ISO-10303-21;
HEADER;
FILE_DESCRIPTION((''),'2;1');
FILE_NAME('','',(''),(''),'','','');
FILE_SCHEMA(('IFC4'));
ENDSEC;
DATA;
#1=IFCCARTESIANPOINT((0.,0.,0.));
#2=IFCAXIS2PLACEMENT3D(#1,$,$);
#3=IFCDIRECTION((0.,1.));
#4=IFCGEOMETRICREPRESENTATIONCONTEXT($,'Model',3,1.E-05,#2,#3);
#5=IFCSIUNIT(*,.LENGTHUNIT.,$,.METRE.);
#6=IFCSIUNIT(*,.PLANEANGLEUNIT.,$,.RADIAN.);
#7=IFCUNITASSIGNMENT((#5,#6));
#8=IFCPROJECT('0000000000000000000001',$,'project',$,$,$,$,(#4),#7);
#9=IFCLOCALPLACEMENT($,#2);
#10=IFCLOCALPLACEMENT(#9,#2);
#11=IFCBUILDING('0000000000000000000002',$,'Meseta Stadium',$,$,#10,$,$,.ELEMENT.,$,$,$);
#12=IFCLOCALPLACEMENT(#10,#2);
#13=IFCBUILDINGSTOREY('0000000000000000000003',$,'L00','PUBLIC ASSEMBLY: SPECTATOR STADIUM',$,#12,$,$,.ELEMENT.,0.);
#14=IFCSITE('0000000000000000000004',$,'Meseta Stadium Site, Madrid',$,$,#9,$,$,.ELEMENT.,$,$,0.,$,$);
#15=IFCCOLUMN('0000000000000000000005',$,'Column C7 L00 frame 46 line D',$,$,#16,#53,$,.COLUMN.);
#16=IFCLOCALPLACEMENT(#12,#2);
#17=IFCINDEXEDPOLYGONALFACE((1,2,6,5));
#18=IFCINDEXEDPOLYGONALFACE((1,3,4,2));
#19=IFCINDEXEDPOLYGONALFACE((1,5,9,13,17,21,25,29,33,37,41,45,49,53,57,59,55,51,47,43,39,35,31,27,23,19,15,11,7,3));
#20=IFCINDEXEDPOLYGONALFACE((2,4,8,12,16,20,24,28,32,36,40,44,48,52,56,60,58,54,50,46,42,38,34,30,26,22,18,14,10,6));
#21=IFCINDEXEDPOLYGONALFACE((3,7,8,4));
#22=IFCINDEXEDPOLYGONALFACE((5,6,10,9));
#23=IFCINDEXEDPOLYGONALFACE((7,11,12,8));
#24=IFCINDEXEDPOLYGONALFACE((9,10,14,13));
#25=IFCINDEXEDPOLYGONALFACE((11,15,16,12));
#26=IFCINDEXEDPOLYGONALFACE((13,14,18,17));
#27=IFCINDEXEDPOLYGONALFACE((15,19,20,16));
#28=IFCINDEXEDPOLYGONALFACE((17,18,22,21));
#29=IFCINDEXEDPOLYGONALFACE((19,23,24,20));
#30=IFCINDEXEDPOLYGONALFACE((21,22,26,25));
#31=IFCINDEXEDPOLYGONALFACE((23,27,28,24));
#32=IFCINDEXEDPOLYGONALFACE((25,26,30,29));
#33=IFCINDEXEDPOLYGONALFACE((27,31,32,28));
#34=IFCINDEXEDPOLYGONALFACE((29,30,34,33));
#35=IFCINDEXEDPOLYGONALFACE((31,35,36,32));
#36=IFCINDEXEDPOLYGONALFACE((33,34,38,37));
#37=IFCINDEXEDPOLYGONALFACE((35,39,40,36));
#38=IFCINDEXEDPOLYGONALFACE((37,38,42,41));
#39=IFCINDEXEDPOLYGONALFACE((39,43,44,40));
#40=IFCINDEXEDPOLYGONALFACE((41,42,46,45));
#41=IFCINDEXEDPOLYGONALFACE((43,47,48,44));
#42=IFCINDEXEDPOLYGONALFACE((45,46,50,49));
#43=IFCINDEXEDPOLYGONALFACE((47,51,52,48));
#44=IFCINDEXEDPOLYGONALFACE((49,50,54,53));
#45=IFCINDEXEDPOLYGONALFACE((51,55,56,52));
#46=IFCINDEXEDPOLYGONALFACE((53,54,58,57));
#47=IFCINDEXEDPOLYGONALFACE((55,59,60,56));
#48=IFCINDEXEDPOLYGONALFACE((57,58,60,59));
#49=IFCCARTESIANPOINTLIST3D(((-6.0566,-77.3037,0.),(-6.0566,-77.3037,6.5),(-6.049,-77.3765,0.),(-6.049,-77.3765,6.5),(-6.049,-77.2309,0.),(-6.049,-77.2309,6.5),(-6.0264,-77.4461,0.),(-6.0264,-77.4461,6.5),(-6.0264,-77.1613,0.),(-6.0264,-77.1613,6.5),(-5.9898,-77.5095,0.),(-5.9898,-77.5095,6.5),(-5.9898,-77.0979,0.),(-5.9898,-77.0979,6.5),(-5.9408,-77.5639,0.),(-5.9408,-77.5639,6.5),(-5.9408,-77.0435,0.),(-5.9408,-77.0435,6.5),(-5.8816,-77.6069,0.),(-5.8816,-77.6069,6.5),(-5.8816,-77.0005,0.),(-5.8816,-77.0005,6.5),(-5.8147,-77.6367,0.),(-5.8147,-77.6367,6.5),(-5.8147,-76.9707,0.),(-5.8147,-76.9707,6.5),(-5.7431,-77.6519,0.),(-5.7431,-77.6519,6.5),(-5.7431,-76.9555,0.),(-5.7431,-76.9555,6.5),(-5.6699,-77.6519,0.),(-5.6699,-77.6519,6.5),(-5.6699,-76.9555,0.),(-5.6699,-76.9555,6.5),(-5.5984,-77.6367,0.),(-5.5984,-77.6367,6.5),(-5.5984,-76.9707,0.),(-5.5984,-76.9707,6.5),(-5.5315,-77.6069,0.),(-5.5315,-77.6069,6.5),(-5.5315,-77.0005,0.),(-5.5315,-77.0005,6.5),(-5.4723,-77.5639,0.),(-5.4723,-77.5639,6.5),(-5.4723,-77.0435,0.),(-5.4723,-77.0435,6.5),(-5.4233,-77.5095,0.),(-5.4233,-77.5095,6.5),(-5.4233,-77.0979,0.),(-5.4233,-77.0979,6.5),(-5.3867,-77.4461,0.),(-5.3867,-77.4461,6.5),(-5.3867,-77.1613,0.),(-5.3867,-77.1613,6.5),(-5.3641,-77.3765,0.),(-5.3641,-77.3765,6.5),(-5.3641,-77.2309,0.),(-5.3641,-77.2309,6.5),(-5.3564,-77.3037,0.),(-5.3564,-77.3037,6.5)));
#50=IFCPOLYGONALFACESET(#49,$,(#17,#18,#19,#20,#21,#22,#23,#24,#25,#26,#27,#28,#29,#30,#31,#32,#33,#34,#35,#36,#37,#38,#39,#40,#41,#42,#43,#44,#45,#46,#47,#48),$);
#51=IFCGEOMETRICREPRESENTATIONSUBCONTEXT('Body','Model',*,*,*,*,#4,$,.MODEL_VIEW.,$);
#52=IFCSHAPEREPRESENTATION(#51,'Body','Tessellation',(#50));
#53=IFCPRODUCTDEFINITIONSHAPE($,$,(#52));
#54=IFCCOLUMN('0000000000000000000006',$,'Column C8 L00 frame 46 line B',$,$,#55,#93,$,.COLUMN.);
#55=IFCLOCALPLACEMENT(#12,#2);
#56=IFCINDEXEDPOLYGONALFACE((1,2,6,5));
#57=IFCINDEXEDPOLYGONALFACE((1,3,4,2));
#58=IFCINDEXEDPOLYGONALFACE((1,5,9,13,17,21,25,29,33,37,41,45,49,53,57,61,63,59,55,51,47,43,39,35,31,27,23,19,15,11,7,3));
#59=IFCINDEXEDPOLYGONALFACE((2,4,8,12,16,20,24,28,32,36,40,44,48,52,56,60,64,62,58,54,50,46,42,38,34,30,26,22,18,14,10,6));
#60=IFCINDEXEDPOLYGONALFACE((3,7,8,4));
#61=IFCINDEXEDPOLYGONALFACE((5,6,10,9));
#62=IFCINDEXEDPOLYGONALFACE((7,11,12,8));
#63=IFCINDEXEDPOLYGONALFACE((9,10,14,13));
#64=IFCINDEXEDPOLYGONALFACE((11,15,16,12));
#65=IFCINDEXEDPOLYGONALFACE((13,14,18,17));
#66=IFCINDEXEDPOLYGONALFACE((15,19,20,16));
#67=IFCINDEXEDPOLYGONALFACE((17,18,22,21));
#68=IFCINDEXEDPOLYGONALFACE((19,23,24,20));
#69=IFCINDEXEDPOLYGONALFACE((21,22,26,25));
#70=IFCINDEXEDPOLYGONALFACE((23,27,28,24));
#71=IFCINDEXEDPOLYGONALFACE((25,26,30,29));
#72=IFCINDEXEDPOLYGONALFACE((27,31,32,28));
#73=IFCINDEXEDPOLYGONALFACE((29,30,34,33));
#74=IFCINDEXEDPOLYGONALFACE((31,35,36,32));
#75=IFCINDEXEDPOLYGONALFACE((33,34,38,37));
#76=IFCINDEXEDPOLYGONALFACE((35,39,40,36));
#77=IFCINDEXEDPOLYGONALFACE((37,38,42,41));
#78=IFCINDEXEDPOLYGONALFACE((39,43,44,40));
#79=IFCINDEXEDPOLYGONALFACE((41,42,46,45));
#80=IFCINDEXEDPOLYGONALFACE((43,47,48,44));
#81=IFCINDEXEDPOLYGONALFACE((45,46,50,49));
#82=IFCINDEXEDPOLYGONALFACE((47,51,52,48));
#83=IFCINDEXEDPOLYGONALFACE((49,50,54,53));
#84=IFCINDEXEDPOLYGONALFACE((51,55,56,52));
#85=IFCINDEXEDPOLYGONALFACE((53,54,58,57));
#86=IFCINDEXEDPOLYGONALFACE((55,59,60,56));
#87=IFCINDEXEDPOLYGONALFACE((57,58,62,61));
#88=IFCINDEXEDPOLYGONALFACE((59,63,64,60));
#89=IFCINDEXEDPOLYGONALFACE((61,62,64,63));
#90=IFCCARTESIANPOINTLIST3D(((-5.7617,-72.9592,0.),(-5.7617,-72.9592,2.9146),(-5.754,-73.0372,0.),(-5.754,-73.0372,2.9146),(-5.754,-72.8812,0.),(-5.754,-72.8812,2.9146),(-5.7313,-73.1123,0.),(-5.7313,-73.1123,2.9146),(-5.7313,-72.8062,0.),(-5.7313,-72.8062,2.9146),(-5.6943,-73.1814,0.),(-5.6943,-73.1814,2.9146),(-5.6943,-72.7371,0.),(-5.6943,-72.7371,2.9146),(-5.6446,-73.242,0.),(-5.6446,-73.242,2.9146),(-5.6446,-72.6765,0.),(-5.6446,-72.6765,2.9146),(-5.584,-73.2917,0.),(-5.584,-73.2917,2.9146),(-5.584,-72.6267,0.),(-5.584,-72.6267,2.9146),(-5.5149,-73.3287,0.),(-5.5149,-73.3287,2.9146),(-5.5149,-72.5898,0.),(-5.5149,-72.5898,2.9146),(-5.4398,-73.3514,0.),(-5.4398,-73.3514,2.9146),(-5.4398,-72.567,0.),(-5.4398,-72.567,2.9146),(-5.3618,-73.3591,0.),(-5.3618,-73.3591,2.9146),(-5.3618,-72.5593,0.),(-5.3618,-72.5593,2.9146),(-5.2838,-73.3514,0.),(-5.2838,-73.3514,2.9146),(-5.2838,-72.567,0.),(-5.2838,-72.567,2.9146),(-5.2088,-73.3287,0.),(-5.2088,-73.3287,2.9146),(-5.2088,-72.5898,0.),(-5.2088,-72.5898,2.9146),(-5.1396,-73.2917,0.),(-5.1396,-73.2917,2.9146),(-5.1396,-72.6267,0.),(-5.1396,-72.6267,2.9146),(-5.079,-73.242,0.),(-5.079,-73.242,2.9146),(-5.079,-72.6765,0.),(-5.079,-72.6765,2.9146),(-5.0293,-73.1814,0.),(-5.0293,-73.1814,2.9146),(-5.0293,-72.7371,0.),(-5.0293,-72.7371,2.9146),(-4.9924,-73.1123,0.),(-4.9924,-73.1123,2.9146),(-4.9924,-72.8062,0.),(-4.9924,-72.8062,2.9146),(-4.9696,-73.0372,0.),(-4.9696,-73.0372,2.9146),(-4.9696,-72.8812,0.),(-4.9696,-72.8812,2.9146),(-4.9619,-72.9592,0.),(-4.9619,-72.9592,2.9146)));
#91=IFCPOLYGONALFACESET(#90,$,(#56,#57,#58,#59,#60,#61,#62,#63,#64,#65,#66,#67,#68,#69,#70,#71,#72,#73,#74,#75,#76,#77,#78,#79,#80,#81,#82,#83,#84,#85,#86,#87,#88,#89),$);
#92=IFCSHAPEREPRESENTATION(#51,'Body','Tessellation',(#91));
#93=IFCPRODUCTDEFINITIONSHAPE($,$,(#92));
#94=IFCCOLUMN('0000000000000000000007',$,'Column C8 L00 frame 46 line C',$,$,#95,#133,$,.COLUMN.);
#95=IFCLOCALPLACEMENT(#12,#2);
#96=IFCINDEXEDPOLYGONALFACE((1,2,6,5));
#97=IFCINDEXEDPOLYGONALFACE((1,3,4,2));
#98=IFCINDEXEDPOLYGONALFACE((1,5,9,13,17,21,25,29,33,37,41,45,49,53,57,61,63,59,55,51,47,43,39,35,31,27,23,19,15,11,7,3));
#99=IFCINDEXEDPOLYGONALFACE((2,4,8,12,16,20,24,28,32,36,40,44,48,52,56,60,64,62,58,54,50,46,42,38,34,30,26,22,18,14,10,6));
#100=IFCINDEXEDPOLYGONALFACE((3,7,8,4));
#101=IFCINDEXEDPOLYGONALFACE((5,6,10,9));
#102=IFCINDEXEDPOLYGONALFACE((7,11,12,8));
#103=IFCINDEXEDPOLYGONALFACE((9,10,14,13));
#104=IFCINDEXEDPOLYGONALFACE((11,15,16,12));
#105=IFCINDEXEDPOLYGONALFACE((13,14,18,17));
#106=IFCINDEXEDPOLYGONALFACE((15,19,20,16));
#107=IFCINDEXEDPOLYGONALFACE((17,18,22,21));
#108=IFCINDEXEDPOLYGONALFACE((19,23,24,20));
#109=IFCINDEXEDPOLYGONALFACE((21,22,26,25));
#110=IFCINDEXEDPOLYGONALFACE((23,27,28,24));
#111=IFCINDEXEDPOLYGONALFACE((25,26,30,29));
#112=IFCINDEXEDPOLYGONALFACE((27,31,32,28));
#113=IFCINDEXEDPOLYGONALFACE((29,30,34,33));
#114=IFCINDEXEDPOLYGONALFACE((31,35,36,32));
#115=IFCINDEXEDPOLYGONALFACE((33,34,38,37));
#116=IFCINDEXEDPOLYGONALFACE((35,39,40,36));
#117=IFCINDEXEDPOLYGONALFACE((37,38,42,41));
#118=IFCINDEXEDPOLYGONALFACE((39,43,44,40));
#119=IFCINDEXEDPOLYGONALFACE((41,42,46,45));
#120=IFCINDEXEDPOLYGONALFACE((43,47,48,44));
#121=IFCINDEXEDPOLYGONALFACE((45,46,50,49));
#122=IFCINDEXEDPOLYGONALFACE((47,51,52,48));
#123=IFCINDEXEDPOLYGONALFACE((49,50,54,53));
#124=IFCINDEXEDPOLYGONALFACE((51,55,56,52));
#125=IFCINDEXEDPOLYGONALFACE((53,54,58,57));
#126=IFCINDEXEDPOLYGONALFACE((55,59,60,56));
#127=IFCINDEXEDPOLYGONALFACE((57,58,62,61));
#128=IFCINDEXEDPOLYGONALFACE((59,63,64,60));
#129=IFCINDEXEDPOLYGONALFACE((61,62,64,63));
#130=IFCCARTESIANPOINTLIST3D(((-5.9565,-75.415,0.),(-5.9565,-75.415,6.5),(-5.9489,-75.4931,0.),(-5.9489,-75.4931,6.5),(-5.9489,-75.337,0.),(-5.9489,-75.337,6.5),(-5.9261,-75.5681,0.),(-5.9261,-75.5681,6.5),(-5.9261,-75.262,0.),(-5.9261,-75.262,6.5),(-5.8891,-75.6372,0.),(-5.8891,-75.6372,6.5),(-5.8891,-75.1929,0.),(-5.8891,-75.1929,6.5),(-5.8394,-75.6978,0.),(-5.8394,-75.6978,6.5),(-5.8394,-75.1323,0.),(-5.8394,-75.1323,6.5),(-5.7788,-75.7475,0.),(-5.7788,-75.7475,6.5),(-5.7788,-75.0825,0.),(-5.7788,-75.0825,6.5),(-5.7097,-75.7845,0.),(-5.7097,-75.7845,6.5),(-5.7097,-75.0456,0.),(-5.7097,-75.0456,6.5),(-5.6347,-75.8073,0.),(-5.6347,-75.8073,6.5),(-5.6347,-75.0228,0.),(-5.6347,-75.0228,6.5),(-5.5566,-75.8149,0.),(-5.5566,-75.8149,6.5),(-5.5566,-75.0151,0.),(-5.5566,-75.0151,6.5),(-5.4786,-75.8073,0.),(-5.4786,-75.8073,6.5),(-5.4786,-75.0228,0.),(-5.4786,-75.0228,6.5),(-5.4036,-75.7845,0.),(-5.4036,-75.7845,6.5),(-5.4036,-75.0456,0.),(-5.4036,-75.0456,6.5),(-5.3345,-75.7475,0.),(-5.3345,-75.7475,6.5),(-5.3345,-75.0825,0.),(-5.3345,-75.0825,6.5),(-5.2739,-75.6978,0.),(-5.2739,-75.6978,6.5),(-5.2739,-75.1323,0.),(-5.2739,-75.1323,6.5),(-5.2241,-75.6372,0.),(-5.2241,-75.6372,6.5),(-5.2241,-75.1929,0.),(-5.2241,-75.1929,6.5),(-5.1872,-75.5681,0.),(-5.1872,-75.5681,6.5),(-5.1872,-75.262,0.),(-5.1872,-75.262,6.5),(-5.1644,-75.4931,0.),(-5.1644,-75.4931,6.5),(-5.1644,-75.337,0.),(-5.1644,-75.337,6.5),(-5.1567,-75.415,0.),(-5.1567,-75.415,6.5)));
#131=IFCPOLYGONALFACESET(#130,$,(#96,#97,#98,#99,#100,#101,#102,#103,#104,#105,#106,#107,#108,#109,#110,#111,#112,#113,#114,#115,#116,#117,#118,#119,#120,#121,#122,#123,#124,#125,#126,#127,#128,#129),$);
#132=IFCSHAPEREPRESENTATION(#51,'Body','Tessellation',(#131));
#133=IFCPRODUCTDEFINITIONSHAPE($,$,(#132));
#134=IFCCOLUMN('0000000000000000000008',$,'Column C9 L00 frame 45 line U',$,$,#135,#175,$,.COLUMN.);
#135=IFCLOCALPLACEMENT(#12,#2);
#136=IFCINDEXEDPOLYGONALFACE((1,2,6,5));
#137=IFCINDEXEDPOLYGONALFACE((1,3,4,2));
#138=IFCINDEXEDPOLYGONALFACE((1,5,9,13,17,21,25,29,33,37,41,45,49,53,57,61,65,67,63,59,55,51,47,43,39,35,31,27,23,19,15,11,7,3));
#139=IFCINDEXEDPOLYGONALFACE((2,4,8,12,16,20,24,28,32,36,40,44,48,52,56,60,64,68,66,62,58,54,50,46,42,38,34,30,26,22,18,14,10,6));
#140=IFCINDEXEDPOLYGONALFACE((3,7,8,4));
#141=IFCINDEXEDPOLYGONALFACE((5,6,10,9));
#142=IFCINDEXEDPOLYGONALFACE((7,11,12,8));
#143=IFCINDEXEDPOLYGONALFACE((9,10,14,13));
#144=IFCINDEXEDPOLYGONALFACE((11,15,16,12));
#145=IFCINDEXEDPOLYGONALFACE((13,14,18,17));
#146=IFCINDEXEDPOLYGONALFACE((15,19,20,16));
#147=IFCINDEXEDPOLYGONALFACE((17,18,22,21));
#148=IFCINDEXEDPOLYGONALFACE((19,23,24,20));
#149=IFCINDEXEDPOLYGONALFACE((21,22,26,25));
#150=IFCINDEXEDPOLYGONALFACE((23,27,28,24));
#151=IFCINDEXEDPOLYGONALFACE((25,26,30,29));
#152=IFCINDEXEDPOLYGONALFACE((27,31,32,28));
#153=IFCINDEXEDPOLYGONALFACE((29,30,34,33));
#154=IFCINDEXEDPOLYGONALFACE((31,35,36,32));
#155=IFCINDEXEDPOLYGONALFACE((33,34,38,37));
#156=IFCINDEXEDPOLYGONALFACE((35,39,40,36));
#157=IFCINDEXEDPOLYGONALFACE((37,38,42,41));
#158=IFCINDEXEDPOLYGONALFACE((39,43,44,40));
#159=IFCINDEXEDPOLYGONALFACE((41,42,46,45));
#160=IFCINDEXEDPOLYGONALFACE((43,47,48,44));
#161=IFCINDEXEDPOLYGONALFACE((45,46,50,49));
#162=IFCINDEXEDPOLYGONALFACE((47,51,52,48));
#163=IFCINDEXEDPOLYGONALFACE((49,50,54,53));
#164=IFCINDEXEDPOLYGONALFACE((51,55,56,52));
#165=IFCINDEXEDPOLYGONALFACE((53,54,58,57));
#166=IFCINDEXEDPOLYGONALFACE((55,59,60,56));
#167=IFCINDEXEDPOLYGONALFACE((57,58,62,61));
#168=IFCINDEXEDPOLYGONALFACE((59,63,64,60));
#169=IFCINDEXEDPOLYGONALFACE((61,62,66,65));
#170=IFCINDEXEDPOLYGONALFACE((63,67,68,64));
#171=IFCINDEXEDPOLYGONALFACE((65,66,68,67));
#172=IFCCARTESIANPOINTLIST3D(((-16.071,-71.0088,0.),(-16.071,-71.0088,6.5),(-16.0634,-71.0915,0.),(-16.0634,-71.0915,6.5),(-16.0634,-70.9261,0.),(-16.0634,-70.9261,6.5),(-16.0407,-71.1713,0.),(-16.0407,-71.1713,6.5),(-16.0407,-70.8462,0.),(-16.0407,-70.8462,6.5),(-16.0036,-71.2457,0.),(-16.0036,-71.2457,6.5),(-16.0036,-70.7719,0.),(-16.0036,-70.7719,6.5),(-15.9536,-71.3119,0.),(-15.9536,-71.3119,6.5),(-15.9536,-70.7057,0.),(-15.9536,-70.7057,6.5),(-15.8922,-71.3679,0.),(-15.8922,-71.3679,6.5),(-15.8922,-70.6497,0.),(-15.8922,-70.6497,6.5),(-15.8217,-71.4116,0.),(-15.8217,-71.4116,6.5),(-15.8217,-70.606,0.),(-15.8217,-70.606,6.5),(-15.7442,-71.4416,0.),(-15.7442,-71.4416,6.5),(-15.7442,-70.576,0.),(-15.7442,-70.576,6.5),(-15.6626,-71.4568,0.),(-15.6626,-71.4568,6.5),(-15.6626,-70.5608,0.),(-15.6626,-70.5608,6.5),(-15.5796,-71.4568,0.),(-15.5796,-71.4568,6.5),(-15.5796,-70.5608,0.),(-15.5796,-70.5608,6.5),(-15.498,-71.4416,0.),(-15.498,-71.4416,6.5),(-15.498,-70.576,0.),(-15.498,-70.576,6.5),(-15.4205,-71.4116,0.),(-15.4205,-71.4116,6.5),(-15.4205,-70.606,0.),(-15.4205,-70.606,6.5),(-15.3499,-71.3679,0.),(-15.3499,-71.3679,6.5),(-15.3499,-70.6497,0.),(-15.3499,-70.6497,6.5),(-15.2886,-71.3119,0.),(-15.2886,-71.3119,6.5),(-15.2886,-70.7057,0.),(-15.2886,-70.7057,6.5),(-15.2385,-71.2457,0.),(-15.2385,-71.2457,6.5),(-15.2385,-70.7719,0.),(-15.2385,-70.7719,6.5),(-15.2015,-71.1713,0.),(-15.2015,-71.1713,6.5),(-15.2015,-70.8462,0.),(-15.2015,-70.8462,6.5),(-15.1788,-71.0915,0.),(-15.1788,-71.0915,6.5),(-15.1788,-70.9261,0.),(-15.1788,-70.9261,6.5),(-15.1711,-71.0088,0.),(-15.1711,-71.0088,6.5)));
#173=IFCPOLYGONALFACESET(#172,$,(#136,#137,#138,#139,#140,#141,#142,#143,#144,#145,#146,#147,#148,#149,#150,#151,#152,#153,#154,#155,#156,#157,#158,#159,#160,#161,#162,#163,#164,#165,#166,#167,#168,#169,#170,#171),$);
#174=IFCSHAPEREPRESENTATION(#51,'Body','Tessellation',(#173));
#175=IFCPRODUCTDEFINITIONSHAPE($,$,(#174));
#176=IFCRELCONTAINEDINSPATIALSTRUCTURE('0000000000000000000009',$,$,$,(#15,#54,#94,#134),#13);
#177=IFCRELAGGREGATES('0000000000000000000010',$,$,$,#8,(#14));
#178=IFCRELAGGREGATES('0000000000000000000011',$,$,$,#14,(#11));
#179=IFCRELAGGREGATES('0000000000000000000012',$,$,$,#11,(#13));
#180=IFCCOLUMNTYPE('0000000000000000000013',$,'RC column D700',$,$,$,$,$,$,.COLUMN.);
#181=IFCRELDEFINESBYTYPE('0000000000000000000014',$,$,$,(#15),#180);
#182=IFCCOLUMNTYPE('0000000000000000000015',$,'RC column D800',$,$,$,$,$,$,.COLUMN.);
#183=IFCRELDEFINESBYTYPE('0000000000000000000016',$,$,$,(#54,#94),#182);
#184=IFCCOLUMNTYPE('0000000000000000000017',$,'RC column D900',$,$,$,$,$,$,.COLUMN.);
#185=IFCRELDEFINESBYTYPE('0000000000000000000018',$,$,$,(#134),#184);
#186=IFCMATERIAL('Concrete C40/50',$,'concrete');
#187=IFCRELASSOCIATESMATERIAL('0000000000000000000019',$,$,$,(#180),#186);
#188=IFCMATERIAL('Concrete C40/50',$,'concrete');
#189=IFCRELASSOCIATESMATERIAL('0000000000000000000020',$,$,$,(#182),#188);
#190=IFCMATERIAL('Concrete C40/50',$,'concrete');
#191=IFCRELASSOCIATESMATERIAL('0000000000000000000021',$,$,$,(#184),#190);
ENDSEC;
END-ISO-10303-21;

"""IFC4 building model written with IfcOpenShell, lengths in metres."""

from ifc_helpers import new_model, si_unit, direction, frame, origin, origin_2d, place, context, subcontext, project, spatial, circle, extrude, material, material_profile, profile_set, type_object, element, save


model = new_model("IFC4")

# Units and contexts
model_context = context("Model", 3, precision=1e-05, world=origin(), true_north=direction((0.0, 1.0)))
body_context = subcontext(model_context, "Body", "Model", "MODEL_VIEW")
ifc_project = project(units=[si_unit("LENGTHUNIT", "METRE"), si_unit("PLANEANGLEUNIT", "RADIAN")], contexts=[model_context])

# Site, building, storey
site_placement = place(None, origin())
site = spatial("IfcSite", under=ifc_project, at=site_placement, Name="Meseta Stadium Site, Madrid", CompositionType="ELEMENT", RefElevation=0.0)
building_placement = place(site_placement, origin())
building = spatial("IfcBuilding", under=site, at=building_placement, Name="Meseta Stadium", CompositionType="ELEMENT")
storey_placement = place(building_placement, origin())
storey = spatial("IfcBuildingStorey", under=building, at=storey_placement, Name="L00", Description="PUBLIC ASSEMBLY: SPECTATOR STADIUM", CompositionType="ELEMENT", Elevation=0.0)

# Columns
ifc_material_1 = material(Name="Concrete C40/50", Category="concrete")
ifc_material_profile_1 = material_profile(ifc_material_1, circle(Radius=0.3501, at=origin_2d()), Name="RC D700")
ifc_profile_set_1 = profile_set([ifc_material_profile_1], Name="Concrete C40/50")
column_type_1 = type_object("IfcColumnType", Name="RC column D700", PredefinedType="COLUMN", material=ifc_profile_set_1)
column_1_placement = place(storey_placement, frame((-5.7065, -77.3037, 0.0), z_axis=(0.0, 0.0, 1.0), x_axis=(1.0, 0.0, 0.0)))
element("IfcColumn", 1, at=column_1_placement, inside=storey, type_object=column_type_1, Name="Column C7 L00 frame 46 line D", PredefinedType="COLUMN", context=body_context, shape_type="SweptSolid", body=[
    extrude(circle(Radius=0.3501, at=origin_2d()), origin(), (0.0, 0.0, 1.0), 6.5),
])
ifc_material_2 = material(Name="Concrete C40/50", Category="concrete")
ifc_material_profile_2 = material_profile(ifc_material_2, circle(Radius=0.3999, at=origin_2d()), Name="RC D800")
ifc_profile_set_2 = profile_set([ifc_material_profile_2], Name="Concrete C40/50")
column_type_2 = type_object("IfcColumnType", Name="RC column D800", PredefinedType="COLUMN", material=ifc_profile_set_2)
column_2_placement = place(storey_placement, frame((-5.3618, -72.9592, 0.0), z_axis=(0.0, 0.0, 1.0), x_axis=(1.0, 0.0, 0.0)))
element("IfcColumn", 2, at=column_2_placement, inside=storey, type_object=column_type_2, Name="Column C8 L00 frame 46 line B", PredefinedType="COLUMN", context=body_context, shape_type="SweptSolid", body=[
    extrude(circle(Radius=0.3999, at=origin_2d()), origin(), (0.0, 0.0, 1.0), 2.9146),
])
column_3_placement = place(storey_placement, frame((-5.5566, -75.415, 0.0), z_axis=(0.0, 0.0, 1.0), x_axis=(1.0, 0.0, 0.0)))
element("IfcColumn", 3, at=column_3_placement, inside=storey, type_object=column_type_2, Name="Column C8 L00 frame 46 line C", PredefinedType="COLUMN", context=body_context, shape_type="SweptSolid", body=[
    extrude(circle(Radius=0.3999, at=origin_2d()), origin(), (0.0, 0.0, 1.0), 6.5),
])
ifc_material_3 = material(Name="Concrete C40/50", Category="concrete")
ifc_material_profile_3 = material_profile(ifc_material_3, circle(Radius=0.45, at=origin_2d()), Name="RC D900")
ifc_profile_set_3 = profile_set([ifc_material_profile_3], Name="Concrete C40/50")
column_type_3 = type_object("IfcColumnType", Name="RC column D900", PredefinedType="COLUMN", material=ifc_profile_set_3)
for number, where, z_axis, x_axis, name in (
    (4, (-15.6211, -71.0088, 0.0), (0.0, 0.0, 1.0), (1.0, 0.0, 0.0), "Column C9 L00 frame 45 line U"),
):
    element("IfcColumn", number, at=place(storey_placement, frame(where, z_axis=z_axis, x_axis=x_axis)), inside=storey, type_object=column_type_3, Name=name, PredefinedType="COLUMN", context=body_context, shape_type="SweptSolid", body=[
        extrude(circle(Radius=0.45, at=origin_2d()), origin(), (0.0, 0.0, 1.0), 6.5),
    ])

save(model, "model.ifc")
